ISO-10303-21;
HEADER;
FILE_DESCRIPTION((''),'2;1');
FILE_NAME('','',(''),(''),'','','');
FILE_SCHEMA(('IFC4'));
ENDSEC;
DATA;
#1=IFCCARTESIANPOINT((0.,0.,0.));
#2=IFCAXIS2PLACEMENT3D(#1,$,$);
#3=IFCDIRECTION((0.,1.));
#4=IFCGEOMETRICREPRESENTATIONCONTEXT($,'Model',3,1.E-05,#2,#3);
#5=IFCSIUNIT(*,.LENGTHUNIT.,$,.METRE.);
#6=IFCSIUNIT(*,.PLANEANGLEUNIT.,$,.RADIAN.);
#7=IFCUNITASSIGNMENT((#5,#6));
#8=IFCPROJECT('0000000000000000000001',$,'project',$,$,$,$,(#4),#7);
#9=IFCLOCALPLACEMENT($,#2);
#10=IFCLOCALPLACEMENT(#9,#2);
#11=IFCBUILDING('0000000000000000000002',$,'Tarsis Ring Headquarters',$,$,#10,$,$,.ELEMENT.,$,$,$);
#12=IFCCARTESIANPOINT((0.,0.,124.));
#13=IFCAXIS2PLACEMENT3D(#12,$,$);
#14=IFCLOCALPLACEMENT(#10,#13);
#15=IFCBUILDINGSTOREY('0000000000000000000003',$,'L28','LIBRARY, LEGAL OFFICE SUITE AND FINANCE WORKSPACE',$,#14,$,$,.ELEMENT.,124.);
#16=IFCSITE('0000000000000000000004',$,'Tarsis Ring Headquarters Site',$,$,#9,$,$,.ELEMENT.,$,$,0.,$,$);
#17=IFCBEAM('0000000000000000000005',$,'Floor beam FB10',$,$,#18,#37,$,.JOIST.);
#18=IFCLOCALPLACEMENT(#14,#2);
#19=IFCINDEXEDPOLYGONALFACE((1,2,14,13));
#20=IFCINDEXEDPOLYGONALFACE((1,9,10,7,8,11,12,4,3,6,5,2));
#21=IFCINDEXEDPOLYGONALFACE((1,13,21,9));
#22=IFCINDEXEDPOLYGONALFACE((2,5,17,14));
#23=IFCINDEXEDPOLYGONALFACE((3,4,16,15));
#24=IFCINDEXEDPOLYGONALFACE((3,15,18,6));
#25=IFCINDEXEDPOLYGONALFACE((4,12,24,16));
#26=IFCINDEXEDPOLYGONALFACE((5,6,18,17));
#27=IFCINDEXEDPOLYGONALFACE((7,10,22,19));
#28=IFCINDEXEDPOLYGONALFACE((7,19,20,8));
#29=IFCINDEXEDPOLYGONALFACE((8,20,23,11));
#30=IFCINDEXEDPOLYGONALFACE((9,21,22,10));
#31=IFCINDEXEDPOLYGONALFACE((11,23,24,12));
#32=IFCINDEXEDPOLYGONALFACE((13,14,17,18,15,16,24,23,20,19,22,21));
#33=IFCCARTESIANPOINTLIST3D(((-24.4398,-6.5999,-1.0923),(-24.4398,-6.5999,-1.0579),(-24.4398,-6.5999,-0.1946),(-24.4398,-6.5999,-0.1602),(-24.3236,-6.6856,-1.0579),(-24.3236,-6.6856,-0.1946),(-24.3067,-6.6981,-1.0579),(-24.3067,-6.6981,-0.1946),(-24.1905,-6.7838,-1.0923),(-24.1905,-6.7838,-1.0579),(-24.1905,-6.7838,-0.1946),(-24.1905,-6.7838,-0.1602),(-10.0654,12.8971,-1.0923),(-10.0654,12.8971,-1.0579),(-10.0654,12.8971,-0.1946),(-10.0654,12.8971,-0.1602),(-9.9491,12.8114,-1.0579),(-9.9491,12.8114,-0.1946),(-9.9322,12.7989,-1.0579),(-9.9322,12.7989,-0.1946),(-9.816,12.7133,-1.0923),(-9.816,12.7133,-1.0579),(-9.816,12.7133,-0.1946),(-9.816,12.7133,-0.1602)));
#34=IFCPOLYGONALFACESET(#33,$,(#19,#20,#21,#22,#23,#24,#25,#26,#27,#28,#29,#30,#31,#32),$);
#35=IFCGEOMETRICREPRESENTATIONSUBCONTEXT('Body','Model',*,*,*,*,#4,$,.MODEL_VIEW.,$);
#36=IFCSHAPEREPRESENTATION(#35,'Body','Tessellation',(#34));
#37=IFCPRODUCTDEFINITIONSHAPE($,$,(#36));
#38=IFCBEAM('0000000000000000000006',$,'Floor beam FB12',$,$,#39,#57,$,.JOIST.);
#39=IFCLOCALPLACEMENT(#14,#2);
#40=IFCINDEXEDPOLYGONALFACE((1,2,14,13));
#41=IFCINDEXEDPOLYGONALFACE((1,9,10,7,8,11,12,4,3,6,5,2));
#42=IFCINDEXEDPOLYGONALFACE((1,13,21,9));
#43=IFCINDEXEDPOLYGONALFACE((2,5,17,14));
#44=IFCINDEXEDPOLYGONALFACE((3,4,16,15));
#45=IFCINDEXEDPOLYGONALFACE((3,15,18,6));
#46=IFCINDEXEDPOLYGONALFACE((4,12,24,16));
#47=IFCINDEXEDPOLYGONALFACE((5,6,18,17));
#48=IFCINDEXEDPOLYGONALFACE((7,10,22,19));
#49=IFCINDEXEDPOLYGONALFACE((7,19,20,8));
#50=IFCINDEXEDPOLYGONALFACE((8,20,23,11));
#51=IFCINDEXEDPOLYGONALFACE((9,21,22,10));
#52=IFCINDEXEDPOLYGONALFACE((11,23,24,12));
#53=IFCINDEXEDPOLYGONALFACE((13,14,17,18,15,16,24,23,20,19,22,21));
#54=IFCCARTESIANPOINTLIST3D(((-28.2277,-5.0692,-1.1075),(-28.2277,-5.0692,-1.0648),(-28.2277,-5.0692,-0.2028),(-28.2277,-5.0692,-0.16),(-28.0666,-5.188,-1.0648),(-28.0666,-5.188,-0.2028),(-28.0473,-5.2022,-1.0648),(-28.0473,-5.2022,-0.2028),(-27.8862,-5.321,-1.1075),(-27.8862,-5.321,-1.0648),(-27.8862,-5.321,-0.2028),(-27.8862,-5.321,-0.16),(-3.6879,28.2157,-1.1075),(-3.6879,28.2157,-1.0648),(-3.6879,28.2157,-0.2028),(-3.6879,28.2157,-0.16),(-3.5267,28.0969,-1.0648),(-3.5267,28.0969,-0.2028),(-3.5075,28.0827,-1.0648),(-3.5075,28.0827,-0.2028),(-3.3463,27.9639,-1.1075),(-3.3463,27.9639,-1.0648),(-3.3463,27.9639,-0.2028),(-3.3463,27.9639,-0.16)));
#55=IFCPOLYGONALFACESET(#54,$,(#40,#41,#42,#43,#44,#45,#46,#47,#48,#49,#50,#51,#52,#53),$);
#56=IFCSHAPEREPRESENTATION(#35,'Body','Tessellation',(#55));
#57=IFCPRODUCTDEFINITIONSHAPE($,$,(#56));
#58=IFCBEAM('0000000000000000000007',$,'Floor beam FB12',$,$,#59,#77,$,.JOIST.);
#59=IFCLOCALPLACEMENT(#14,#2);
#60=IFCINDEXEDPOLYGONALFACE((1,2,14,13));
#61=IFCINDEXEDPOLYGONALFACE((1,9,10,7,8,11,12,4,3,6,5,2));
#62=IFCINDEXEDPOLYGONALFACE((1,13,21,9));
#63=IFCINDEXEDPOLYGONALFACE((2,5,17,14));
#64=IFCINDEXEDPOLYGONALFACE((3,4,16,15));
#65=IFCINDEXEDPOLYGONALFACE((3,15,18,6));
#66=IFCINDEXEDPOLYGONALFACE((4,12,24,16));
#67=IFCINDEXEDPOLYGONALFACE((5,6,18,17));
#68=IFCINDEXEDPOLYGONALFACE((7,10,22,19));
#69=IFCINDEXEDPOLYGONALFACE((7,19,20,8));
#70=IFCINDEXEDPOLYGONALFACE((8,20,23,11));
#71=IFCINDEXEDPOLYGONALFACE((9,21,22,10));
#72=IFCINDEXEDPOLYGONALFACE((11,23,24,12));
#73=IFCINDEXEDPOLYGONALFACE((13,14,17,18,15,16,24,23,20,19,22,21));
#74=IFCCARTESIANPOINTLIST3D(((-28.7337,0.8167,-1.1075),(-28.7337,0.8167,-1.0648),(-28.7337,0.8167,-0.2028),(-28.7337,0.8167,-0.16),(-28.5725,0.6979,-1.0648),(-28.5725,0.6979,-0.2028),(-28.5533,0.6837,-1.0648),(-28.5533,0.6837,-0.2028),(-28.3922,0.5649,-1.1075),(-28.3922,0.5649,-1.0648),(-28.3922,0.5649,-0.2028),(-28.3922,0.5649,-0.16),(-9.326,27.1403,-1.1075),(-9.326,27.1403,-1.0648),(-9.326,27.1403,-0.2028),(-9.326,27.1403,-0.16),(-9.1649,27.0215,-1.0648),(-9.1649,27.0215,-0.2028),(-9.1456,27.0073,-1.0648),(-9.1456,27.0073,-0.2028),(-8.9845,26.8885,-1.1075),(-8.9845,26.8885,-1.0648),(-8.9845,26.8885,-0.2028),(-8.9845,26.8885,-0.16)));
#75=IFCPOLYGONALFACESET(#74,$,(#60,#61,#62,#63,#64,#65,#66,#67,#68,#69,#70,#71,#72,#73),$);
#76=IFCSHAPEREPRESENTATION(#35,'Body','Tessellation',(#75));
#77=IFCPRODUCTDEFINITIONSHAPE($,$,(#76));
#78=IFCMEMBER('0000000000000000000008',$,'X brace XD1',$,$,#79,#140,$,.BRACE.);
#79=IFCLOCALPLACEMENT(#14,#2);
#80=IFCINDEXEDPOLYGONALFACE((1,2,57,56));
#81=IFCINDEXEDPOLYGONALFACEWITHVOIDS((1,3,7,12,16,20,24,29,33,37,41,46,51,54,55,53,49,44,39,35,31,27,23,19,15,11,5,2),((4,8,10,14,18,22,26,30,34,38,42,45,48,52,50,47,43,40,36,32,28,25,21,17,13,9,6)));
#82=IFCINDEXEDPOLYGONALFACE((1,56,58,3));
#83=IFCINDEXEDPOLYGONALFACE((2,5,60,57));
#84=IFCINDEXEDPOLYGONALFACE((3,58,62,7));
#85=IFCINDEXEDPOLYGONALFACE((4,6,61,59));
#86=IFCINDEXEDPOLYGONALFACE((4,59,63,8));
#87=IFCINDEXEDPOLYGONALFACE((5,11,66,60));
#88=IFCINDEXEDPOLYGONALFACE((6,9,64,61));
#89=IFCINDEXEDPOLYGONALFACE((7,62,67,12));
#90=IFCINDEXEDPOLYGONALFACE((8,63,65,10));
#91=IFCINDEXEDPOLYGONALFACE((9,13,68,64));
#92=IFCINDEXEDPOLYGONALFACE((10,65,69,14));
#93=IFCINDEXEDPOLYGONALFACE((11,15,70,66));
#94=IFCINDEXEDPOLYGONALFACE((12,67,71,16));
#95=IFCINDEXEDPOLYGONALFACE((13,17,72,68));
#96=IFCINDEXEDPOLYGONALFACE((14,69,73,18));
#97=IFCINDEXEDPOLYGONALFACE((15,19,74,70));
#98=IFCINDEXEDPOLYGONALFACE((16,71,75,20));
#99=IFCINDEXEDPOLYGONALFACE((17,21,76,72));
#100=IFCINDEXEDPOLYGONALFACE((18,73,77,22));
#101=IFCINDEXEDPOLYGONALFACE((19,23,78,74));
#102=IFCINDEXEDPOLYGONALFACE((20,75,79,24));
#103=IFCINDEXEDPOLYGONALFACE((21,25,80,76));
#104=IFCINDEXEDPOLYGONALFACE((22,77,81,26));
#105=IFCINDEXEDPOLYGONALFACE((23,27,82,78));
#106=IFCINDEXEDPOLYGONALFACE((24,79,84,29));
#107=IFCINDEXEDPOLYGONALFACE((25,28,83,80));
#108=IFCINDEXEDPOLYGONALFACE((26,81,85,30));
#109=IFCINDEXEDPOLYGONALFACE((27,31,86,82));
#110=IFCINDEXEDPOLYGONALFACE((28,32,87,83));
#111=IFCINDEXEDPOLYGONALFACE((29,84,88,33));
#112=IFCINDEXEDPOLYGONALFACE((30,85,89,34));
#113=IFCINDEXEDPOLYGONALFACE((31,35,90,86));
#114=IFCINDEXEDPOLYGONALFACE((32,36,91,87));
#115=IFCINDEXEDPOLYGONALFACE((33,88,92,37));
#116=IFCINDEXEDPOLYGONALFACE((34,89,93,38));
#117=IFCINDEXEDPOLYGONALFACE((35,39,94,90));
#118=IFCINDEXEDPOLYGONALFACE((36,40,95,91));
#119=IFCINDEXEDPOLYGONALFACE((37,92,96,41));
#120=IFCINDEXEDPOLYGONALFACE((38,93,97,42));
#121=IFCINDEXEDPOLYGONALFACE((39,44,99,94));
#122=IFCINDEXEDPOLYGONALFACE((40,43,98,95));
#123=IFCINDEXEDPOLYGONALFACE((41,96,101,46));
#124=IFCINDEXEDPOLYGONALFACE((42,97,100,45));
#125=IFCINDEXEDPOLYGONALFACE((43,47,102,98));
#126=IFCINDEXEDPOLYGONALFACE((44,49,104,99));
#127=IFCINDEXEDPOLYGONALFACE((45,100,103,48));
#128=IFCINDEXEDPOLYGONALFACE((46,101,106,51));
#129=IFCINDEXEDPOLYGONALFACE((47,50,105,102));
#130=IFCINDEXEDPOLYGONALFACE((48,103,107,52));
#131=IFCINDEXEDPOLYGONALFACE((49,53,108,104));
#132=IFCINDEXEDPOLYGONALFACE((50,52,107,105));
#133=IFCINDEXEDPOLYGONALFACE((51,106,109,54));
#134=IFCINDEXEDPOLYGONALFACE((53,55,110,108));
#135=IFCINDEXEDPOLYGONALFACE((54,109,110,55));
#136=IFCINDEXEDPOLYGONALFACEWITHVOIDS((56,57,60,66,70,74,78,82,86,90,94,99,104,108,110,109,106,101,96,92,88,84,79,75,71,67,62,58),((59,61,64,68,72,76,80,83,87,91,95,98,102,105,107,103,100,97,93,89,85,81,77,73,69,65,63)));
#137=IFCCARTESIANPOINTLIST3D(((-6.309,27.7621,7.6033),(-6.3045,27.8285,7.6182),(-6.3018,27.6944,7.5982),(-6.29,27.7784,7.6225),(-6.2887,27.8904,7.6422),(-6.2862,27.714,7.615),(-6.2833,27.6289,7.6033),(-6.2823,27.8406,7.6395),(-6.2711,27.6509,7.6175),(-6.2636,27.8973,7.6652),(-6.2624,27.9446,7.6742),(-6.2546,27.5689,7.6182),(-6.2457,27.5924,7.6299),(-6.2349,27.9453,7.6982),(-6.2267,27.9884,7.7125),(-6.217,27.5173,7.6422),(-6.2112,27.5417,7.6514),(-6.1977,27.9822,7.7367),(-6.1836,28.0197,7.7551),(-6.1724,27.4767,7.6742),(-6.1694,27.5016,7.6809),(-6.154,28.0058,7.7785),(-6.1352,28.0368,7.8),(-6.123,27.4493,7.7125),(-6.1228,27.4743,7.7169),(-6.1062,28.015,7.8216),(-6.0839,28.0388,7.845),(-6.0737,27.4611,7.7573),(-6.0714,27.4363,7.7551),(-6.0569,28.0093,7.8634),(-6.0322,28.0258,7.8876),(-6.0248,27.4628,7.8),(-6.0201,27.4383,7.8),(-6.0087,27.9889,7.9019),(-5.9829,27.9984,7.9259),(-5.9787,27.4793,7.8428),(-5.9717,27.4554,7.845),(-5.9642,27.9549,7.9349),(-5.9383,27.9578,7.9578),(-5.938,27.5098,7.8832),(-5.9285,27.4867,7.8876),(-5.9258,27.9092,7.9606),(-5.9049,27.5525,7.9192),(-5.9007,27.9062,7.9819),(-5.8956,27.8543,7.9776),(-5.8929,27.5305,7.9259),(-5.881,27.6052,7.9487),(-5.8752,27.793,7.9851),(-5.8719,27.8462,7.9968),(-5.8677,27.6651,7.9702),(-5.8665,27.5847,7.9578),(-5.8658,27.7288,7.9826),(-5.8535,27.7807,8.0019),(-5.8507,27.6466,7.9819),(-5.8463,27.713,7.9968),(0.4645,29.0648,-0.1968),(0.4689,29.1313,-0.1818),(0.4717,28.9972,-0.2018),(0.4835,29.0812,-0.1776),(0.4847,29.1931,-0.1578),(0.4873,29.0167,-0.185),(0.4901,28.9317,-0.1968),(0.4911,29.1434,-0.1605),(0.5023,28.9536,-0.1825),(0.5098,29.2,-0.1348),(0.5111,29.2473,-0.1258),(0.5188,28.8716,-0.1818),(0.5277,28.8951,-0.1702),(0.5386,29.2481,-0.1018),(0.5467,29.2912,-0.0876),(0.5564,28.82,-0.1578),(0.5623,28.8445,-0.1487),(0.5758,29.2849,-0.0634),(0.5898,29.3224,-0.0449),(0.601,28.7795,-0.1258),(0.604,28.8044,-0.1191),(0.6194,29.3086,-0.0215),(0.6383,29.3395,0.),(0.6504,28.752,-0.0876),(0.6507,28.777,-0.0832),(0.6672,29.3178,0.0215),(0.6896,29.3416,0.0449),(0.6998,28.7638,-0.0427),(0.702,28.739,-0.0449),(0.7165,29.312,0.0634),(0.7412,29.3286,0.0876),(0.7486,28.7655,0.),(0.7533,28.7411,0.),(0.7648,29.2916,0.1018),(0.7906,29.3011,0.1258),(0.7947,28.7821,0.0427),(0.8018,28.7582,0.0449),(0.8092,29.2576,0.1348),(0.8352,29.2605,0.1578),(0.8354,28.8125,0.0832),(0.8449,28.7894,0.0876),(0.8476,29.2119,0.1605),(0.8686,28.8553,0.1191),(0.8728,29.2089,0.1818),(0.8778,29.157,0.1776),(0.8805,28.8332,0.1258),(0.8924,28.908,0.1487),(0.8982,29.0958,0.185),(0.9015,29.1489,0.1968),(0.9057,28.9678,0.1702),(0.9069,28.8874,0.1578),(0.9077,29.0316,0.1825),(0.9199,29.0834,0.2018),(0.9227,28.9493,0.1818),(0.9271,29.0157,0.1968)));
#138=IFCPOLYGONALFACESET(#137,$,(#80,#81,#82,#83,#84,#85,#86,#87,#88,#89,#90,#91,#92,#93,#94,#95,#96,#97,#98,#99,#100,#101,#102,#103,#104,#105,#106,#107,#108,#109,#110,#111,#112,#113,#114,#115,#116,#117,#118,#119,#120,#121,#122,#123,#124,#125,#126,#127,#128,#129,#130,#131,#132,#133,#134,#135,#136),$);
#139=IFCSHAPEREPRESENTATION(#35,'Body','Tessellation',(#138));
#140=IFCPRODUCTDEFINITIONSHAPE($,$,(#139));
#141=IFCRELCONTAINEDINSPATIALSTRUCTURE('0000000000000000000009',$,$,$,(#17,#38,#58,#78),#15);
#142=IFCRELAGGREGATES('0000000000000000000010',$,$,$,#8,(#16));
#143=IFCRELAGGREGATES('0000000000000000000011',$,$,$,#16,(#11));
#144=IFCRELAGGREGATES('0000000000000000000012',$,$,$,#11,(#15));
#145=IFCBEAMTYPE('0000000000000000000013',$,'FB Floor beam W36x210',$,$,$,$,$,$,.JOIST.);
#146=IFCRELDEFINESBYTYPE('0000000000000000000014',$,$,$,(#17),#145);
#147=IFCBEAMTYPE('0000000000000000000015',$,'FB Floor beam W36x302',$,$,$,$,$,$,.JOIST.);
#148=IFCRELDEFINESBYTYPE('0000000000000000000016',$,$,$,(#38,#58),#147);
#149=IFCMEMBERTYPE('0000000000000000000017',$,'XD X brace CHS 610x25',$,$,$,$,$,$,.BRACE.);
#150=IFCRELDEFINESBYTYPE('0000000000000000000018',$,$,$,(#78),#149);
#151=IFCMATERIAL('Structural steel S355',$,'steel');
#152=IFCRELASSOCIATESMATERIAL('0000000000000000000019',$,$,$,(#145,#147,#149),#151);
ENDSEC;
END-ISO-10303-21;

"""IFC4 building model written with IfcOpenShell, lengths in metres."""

from ifc_helpers import new_model, si_unit, direction, frame, origin, origin_2d, place, context, subcontext, project, spatial, hollow_circle, i_section, extrude, material, material_profile, profile_set, type_object, element, save


model = new_model("IFC4")

# Units and contexts
model_context = context("Model", 3, precision=1e-05, world=origin(), true_north=direction((0.0, 1.0)))
body_context = subcontext(model_context, "Body", "Model", "MODEL_VIEW")
ifc_project = project(units=[si_unit("LENGTHUNIT", "METRE"), si_unit("PLANEANGLEUNIT", "RADIAN")], contexts=[model_context])

# Site, building, storey
site_placement = place(None, origin())
site = spatial("IfcSite", under=ifc_project, at=site_placement, Name="Tarsis Ring Headquarters Site", CompositionType="ELEMENT", RefElevation=0.0)
building_placement = place(site_placement, origin())
building = spatial("IfcBuilding", under=site, at=building_placement, Name="Tarsis Ring Headquarters", CompositionType="ELEMENT")
storey_placement = place(building_placement, frame((0.0, 0.0, 124.0)))
storey = spatial("IfcBuildingStorey", under=building, at=storey_placement, Name="L28", Description="LIBRARY, LEGAL OFFICE SUITE AND FINANCE WORKSPACE", CompositionType="ELEMENT", Elevation=124.0)

# Shared definitions
ifc_material_1 = material(Name="Structural steel S355", Category="steel")

# Beams
ifc_material_profile_1 = material_profile(ifc_material_1, i_section(OverallWidth=0.3098, OverallDepth=0.9321, WebThickness=0.021, FlangeThickness=0.0344, at=origin_2d()), Name="W36x210")
ifc_profile_set_1 = profile_set([ifc_material_profile_1], Name="Structural steel S355")
beam_type_1 = type_object("IfcBeamType", Name="FB Floor beam W36x210", PredefinedType="JOIST", material=ifc_profile_set_1)
beam_1_placement = place(storey_placement, frame((-9.9407, 12.8052, -0.6262), z_axis=(-0.59342, -0.804893, 0.0), x_axis=(0.804893, -0.59342, 0.0)))
element("IfcBeam", 1, at=beam_1_placement, inside=storey, type_object=beam_type_1, Name="Floor beam FB10", PredefinedType="JOIST", context=body_context, shape_type="SweptSolid", body=[
    extrude(i_section(OverallWidth=0.3098, OverallDepth=0.9321, WebThickness=0.021, FlangeThickness=0.0344, at=origin_2d()), origin(), (0.0, 0.0, 1.0), 24.2231),
])
ifc_material_profile_2 = material_profile(ifc_material_1, i_section(OverallWidth=0.4243, OverallDepth=0.9475, WebThickness=0.0239, FlangeThickness=0.0427, at=origin_2d()), Name="W36x302")
ifc_profile_set_2 = profile_set([ifc_material_profile_2], Name="Structural steel S355")
beam_type_2 = type_object("IfcBeamType", Name="FB Floor beam W36x302", PredefinedType="JOIST", material=ifc_profile_set_2)
beam_2_placement = place(storey_placement, frame((-3.5171, 28.0898, -0.6338), z_axis=(-0.59342, -0.804893, 0.0), x_axis=(0.804893, -0.59342, 0.0)))
element("IfcBeam", 2, at=beam_2_placement, inside=storey, type_object=beam_type_2, Name="Floor beam FB12", PredefinedType="JOIST", context=body_context, shape_type="SweptSolid", body=[
    extrude(i_section(OverallWidth=0.4243, OverallDepth=0.9475, WebThickness=0.0239, FlangeThickness=0.0427, at=origin_2d()), origin(), (0.0, 0.0, 1.0), 41.3533),
])
beam_3_placement = place(storey_placement, frame((-9.1553, 27.0144, -0.6338), z_axis=(-0.593423, -0.804891, 0.0), x_axis=(0.804891, -0.593423, 0.0)))
element("IfcBeam", 3, at=beam_3_placement, inside=storey, type_object=beam_type_2, Name="Floor beam FB12", PredefinedType="JOIST", context=body_context, shape_type="SweptSolid", body=[
    extrude(i_section(OverallWidth=0.4243, OverallDepth=0.9475, WebThickness=0.0239, FlangeThickness=0.0427, at=origin_2d()), origin(), (0.0, 0.0, 1.0), 32.7046),
])

# Member
ifc_material_profile_3 = material_profile(ifc_material_1, hollow_circle(Radius=0.3047, WallThickness=0.0249, at=origin_2d()), Name="CHS 610x25")
ifc_profile_set_3 = profile_set([ifc_material_profile_3], Name="Structural steel S355")
member_type = type_object("IfcMemberType", Name="XD X brace CHS 610x25", PredefinedType="BRACE", material=ifc_profile_set_3)
member_1_placement = place(storey_placement, frame((0.6958, 29.0403, 0.0), z_axis=(-0.650519, -0.125114, 0.749114), x_axis=(0.188868, -0.982002, 0.0)))
element("IfcMember", 4, at=member_1_placement, inside=storey, type_object=member_type, Name="X brace XD1", PredefinedType="BRACE", context=body_context, shape_type="SweptSolid", body=[
    extrude(hollow_circle(Radius=0.3047, WallThickness=0.0249, at=origin_2d()), origin(), (0.0, 0.0, 1.0), 10.4124),
])

save(model, "model.ifc")
